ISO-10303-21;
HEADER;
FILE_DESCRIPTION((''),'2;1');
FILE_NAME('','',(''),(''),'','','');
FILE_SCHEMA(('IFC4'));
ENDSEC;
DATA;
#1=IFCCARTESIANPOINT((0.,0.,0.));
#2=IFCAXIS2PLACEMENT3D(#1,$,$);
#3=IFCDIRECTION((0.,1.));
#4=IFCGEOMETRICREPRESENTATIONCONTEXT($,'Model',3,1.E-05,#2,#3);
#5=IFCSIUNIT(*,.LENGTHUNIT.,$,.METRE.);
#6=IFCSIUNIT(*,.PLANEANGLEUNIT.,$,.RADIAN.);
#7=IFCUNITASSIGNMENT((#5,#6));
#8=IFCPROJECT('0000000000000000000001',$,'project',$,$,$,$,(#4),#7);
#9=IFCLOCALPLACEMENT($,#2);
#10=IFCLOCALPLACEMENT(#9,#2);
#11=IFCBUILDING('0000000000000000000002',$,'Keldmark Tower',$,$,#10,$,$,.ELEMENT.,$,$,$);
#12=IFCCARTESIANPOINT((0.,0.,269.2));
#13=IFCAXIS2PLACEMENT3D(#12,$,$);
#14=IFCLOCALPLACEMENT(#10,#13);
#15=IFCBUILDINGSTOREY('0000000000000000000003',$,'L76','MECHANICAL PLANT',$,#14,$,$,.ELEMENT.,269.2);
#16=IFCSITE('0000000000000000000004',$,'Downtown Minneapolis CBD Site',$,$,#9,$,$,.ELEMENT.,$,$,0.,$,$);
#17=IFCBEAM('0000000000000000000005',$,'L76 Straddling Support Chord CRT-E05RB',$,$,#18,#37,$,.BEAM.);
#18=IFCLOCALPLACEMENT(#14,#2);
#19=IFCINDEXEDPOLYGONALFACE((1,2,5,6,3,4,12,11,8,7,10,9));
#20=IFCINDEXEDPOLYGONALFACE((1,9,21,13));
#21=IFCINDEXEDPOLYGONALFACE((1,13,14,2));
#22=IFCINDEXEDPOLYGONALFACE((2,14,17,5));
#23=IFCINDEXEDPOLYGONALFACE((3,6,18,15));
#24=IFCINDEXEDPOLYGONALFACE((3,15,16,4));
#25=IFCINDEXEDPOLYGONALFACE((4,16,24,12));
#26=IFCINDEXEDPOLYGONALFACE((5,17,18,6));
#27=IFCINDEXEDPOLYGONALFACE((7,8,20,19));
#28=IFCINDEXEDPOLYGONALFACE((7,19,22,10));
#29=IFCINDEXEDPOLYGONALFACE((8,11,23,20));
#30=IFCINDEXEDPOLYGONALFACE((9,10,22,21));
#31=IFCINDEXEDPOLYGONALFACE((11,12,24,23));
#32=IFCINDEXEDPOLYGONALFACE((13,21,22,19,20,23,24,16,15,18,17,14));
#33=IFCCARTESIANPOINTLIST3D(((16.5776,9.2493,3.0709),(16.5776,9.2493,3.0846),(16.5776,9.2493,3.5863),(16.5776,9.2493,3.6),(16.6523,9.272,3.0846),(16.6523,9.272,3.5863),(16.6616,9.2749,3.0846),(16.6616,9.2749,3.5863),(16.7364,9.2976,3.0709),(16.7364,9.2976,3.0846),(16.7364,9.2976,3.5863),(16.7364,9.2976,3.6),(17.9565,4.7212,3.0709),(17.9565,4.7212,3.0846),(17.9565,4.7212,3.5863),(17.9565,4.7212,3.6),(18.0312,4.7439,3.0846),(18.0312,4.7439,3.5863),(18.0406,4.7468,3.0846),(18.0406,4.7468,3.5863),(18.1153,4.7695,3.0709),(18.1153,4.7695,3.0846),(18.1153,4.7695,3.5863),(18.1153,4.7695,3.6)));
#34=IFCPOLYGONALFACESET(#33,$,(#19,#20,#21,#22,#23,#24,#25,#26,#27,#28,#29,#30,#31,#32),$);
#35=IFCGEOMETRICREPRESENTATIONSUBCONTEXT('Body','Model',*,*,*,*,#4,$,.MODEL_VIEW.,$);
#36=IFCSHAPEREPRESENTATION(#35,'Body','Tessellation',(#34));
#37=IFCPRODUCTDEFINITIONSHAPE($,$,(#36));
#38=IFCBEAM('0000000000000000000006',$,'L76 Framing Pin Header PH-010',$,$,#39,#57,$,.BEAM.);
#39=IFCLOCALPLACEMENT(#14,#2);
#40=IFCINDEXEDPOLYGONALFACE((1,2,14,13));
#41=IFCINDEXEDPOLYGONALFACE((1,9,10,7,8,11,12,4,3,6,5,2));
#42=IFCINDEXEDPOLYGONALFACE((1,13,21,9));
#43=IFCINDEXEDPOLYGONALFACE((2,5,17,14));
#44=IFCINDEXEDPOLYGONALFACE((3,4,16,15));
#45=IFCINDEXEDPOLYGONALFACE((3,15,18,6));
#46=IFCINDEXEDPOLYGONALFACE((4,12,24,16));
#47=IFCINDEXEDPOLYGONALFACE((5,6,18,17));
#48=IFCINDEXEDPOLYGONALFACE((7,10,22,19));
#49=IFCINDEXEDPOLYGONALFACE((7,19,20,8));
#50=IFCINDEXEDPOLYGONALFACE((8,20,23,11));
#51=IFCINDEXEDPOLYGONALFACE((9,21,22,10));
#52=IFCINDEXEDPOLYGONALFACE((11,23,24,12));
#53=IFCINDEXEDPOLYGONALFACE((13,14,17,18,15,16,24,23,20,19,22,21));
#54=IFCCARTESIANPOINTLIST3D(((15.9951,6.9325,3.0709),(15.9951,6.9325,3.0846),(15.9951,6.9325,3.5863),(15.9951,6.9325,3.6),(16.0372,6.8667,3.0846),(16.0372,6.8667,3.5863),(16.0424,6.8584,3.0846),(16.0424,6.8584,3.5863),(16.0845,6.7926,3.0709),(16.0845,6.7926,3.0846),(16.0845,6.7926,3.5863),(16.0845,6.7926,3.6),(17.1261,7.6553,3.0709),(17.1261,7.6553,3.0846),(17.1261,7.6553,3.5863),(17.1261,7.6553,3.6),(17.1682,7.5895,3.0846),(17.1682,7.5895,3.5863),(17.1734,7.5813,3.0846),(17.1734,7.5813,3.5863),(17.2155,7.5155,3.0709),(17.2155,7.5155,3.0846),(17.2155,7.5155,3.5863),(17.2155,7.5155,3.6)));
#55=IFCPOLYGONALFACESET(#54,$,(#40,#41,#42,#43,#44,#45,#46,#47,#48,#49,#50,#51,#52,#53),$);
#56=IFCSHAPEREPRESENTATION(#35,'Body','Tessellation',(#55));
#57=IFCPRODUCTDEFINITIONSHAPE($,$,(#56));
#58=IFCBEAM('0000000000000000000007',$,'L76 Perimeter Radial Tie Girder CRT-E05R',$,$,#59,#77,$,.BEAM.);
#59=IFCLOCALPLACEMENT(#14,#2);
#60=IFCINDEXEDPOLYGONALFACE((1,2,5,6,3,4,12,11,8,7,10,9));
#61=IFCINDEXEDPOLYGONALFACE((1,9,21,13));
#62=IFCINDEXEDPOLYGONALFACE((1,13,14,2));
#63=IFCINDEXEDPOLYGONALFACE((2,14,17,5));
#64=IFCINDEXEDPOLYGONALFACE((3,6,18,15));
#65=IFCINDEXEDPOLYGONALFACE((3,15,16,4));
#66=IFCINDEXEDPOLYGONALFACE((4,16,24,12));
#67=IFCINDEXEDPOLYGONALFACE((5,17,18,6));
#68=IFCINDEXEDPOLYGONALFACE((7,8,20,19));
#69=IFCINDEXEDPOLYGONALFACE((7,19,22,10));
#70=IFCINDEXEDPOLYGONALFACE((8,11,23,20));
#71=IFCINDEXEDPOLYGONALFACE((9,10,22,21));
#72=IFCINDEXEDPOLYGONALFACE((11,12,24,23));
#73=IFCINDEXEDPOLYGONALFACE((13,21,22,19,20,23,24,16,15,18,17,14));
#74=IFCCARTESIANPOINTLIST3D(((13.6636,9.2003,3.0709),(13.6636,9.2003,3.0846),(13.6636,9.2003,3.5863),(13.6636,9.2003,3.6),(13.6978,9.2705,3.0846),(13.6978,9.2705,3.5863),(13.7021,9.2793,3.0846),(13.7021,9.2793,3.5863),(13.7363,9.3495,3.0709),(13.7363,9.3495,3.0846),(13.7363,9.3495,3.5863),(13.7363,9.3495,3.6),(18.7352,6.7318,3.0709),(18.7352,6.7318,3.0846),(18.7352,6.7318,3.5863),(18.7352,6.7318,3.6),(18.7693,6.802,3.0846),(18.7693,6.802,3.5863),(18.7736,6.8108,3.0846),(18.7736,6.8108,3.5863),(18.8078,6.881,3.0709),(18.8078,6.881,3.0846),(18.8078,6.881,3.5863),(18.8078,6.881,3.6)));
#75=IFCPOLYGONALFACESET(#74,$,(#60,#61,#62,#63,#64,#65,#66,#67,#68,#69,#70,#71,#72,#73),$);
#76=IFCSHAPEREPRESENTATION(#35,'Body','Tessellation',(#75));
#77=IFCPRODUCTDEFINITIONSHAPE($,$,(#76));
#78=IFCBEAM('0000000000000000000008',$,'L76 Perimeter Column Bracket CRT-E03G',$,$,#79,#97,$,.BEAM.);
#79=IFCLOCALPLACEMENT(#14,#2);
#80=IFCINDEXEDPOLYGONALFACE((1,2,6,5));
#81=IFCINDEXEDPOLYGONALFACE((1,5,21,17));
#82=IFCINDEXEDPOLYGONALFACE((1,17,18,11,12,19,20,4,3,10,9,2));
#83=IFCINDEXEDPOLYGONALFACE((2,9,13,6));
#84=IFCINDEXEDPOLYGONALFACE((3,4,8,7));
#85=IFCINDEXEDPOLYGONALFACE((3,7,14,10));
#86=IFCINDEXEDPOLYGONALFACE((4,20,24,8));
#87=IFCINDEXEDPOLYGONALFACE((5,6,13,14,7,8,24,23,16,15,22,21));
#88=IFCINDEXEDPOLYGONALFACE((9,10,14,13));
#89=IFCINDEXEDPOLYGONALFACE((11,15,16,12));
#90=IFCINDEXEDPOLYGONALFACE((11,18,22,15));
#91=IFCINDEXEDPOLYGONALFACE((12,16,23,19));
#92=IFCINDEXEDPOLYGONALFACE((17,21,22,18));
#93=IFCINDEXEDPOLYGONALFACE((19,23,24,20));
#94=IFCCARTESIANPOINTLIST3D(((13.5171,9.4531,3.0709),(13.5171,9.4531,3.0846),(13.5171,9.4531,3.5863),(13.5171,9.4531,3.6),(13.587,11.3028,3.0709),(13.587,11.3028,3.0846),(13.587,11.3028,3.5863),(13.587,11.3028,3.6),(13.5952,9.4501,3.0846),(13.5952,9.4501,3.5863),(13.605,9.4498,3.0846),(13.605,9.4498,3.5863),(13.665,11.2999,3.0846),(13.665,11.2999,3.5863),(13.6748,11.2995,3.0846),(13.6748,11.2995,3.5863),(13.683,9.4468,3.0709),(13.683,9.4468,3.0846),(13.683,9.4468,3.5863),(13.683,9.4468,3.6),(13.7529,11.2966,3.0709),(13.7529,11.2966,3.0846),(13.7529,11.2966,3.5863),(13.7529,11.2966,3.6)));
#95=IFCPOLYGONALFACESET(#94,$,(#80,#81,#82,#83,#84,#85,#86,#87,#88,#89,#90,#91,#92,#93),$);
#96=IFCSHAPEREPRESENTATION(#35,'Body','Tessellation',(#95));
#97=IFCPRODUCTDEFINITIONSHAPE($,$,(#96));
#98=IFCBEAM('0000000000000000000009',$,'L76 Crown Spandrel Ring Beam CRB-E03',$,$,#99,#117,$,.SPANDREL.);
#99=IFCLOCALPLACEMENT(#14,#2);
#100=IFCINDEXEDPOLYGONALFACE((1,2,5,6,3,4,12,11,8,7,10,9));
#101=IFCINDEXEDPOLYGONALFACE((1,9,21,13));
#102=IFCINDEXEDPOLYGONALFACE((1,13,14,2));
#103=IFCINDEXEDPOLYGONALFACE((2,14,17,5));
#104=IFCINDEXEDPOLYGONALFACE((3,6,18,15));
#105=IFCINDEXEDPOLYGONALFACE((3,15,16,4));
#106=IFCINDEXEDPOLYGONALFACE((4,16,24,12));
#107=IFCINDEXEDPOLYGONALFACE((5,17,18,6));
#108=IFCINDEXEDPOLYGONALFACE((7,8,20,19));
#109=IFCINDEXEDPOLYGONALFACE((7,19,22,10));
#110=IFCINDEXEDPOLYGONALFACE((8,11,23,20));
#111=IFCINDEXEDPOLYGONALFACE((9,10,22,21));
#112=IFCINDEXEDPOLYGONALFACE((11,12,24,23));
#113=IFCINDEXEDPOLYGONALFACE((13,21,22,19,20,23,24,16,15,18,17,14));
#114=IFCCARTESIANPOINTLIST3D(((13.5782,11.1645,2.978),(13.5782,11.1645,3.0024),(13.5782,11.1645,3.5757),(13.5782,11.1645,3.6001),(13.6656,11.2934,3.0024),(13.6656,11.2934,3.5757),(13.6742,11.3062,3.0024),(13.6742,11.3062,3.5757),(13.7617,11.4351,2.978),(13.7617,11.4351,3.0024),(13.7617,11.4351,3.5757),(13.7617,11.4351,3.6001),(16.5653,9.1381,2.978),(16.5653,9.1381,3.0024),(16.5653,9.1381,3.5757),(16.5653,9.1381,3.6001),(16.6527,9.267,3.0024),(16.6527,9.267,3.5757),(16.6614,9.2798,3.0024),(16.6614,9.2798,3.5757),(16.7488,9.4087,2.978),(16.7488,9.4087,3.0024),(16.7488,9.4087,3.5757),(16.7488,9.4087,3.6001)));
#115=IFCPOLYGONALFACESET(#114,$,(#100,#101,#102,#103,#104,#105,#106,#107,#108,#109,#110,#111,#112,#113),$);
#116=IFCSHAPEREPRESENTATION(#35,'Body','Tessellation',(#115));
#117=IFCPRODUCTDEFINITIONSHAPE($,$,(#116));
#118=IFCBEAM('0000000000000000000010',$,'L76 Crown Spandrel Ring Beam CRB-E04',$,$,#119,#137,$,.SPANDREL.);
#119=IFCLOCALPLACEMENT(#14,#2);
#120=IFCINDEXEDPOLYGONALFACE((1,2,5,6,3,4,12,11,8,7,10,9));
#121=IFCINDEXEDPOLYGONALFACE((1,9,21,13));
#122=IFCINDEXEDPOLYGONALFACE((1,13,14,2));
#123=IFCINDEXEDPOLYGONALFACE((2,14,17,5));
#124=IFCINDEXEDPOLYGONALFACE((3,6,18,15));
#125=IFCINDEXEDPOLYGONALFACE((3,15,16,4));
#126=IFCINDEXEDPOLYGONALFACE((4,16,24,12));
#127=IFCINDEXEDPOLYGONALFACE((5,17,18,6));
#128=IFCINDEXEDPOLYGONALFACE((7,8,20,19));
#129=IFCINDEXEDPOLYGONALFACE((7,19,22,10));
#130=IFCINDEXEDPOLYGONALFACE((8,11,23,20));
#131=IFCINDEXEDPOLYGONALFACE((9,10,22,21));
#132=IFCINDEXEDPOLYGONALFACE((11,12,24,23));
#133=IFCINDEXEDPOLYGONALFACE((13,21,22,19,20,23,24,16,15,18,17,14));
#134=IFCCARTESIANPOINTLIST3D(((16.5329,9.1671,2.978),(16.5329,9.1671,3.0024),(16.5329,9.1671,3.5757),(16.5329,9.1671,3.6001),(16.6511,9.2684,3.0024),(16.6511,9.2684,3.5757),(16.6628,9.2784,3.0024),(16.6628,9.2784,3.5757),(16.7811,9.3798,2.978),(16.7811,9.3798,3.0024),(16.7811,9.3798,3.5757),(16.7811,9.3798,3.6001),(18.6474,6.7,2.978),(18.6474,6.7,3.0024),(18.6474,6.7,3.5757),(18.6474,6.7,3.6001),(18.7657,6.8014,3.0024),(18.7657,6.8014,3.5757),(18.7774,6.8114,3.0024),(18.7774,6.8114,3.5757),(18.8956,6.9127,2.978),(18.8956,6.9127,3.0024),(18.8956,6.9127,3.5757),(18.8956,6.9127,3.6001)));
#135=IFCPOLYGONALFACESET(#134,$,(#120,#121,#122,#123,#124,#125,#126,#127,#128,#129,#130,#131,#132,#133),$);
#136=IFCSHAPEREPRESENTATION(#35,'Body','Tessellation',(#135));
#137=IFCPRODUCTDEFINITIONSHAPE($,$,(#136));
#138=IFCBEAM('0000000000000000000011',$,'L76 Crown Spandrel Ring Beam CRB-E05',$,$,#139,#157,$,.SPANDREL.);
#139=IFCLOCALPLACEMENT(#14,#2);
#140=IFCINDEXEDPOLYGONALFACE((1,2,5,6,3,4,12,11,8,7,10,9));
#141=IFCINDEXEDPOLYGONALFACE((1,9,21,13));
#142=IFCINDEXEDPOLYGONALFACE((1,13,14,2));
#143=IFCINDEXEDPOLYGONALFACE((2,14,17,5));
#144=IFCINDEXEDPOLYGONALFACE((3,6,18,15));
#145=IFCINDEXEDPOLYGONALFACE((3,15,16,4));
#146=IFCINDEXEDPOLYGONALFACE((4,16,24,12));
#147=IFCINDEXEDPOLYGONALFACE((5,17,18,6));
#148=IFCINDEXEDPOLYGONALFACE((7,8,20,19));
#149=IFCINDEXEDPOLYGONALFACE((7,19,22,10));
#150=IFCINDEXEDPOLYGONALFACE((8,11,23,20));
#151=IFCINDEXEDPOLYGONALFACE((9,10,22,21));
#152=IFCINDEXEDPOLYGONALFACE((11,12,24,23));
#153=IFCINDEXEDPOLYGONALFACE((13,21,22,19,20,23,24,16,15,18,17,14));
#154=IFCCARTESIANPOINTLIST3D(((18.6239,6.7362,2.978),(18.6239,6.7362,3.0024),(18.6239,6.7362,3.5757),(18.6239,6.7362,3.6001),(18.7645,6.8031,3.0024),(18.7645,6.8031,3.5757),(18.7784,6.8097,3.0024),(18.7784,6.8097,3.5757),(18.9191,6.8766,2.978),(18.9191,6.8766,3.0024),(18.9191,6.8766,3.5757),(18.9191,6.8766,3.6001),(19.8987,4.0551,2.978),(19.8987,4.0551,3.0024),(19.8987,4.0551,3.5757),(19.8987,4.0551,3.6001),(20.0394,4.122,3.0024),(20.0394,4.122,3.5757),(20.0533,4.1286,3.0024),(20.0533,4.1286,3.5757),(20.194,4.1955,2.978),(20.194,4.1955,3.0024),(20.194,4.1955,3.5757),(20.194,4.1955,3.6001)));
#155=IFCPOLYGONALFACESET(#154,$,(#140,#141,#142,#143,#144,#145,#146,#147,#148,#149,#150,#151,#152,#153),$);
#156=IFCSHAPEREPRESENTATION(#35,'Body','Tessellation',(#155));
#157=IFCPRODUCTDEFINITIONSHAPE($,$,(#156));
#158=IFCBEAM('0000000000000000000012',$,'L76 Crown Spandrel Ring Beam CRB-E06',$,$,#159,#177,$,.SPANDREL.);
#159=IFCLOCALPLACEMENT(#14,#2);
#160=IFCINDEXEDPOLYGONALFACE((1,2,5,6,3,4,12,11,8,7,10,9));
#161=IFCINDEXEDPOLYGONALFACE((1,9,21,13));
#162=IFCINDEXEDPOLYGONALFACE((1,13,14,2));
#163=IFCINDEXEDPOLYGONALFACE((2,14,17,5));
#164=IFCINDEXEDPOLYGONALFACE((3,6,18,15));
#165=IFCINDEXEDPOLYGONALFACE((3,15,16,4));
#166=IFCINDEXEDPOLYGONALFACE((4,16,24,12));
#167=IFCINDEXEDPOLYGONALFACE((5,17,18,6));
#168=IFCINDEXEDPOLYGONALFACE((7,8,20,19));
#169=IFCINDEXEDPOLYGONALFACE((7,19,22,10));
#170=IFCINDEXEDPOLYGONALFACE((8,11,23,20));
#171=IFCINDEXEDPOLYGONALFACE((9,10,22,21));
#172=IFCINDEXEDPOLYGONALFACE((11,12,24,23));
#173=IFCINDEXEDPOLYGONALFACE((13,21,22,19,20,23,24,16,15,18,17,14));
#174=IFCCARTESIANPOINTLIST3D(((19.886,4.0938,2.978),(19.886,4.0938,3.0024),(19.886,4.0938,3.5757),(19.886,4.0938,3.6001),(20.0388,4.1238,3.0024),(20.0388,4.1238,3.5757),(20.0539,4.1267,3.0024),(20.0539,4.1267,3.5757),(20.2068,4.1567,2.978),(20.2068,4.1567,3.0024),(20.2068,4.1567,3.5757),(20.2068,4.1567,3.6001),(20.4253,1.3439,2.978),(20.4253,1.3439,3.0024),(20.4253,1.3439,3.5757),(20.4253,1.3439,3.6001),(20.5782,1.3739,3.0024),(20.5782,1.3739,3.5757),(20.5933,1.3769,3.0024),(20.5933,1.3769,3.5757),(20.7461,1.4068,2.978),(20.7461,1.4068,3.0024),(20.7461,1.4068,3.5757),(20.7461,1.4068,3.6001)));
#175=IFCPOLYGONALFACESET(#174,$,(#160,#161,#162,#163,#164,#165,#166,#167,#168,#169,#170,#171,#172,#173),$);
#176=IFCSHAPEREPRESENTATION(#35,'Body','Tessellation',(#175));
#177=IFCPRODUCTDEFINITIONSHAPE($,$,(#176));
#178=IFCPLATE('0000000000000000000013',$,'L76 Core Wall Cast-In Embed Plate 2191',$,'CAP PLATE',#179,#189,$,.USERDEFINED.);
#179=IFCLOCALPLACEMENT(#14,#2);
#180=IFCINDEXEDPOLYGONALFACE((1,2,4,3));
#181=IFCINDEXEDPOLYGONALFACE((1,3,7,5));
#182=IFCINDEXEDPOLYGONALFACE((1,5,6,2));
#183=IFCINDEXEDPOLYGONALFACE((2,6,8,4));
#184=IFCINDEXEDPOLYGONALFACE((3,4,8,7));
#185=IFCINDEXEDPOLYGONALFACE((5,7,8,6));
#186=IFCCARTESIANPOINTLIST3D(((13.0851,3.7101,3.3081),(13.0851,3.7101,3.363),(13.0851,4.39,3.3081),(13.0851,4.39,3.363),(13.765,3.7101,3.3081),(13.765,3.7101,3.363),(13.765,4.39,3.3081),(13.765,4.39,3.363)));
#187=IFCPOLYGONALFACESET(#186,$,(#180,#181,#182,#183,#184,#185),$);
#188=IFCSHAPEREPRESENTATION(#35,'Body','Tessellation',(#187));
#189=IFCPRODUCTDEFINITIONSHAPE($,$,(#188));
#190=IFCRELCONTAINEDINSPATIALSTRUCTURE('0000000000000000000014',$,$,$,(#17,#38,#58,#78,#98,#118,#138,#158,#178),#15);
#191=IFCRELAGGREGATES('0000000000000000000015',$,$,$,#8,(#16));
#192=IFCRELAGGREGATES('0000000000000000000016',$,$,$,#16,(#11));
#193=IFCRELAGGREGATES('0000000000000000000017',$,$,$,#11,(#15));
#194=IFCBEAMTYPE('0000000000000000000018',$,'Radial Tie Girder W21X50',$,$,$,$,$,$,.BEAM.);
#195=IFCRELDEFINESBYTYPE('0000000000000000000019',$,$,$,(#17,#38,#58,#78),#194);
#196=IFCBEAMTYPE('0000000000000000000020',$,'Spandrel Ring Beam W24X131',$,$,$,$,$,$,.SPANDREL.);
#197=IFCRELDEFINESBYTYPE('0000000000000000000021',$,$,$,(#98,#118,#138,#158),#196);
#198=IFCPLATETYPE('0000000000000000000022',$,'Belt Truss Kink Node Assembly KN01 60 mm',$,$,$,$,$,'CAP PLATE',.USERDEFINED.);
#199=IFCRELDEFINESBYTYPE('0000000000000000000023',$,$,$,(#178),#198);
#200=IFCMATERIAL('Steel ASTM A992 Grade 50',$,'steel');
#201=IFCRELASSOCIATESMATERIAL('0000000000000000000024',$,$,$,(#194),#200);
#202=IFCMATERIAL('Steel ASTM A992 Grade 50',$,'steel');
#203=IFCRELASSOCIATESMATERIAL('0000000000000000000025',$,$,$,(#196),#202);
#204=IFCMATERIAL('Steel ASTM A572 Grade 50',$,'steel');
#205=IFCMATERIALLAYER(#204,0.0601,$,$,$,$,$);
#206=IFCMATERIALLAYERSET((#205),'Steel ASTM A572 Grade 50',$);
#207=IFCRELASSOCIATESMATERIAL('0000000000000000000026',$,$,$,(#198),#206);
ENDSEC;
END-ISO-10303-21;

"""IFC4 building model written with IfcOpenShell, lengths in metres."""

from ifc_helpers import new_model, si_unit, direction, frame, origin, origin_2d, place, context, subcontext, project, spatial, rectangle, i_section, extrude, material, layer, layer_set, material_profile, profile_set, type_object, element, save


model = new_model("IFC4")

# Units and contexts
model_context = context("Model", 3, precision=1e-05, world=origin(), true_north=direction((0.0, 1.0)))
body_context = subcontext(model_context, "Body", "Model", "MODEL_VIEW")
ifc_project = project(units=[si_unit("LENGTHUNIT", "METRE"), si_unit("PLANEANGLEUNIT", "RADIAN")], contexts=[model_context])

# Site, building, storey
site_placement = place(None, origin())
site = spatial("IfcSite", under=ifc_project, at=site_placement, Name="Downtown Minneapolis CBD Site", CompositionType="ELEMENT", RefElevation=0.0)
building_placement = place(site_placement, origin())
building = spatial("IfcBuilding", under=site, at=building_placement, Name="Keldmark Tower", CompositionType="ELEMENT")
storey_placement = place(building_placement, frame((0.0, 0.0, 269.2)))
storey = spatial("IfcBuildingStorey", under=building, at=storey_placement, Name="L76", Description="MECHANICAL PLANT", CompositionType="ELEMENT", Elevation=269.2)

# Beams
ifc_material_1 = material(Name="Steel ASTM A992 Grade 50", Category="steel")
ifc_material_profile_1 = material_profile(ifc_material_1, i_section(OverallWidth=0.166, OverallDepth=0.5291, WebThickness=0.0098, FlangeThickness=0.0137, at=origin_2d()), Name="W21X50")
ifc_profile_set_1 = profile_set([ifc_material_profile_1], Name="Steel ASTM A992 Grade 50")
beam_type_1 = type_object("IfcBeamType", Name="Radial Tie Girder W21X50", PredefinedType="BEAM", material=ifc_profile_set_1)
beam_1_placement = place(storey_placement, frame((18.0359, 4.7454, 3.3354), z_axis=(-0.291316, 0.956627, 0.0), x_axis=(-0.956627, -0.291316, 0.0)))
element("IfcBeam", 1, at=beam_1_placement, inside=storey, type_object=beam_type_1, Name="L76 Straddling Support Chord CRT-E05RB", PredefinedType="BEAM", context=body_context, shape_type="SweptSolid", body=[
    extrude(i_section(OverallWidth=0.166, OverallDepth=0.5291, WebThickness=0.0098, FlangeThickness=0.0137, at=origin_2d()), origin(), (0.0, 0.0, 1.0), 4.7334),
])
beam_2_placement = place(storey_placement, frame((16.0398, 6.8625, 3.3354), z_axis=(0.842611, 0.538522, 0.0), x_axis=(-0.538522, 0.842611, 0.0)))
element("IfcBeam", 2, at=beam_2_placement, inside=storey, type_object=beam_type_1, Name="L76 Framing Pin Header PH-010", PredefinedType="BEAM", context=body_context, shape_type="SweptSolid", body=[
    extrude(i_section(OverallWidth=0.166, OverallDepth=0.5291, WebThickness=0.0098, FlangeThickness=0.0137, at=origin_2d()), origin(), (0.0, 0.0, 1.0), 1.3423),
])
beam_3_placement = place(storey_placement, frame((13.7, 9.2749, 3.3354), z_axis=(0.899146, -0.437648, 0.0), x_axis=(0.437648, 0.899146, 0.0)))
element("IfcBeam", 3, at=beam_3_placement, inside=storey, type_object=beam_type_1, Name="L76 Perimeter Radial Tie Girder CRT-E05R", PredefinedType="BEAM", context=body_context, shape_type="SweptSolid", body=[
    extrude(i_section(OverallWidth=0.166, OverallDepth=0.5291, WebThickness=0.0098, FlangeThickness=0.0137, at=origin_2d()), origin(), (0.0, 0.0, 1.0), 5.6404),
])
beam_4_placement = place(storey_placement, frame((13.6001, 9.45, 3.3354), z_axis=(0.037719, 0.999288, 0.0), x_axis=(-0.999288, 0.037719, 0.0)))
element("IfcBeam", 4, at=beam_4_placement, inside=storey, type_object=beam_type_1, Name="L76 Perimeter Column Bracket CRT-E03G", PredefinedType="BEAM", context=body_context, shape_type="SweptSolid", body=[
    extrude(i_section(OverallWidth=0.166, OverallDepth=0.5291, WebThickness=0.0098, FlangeThickness=0.0137, at=origin_2d()), origin(), (0.0, 0.0, 1.0), 1.8511),
])
ifc_material_2 = material(Name="Steel ASTM A992 Grade 50", Category="steel")
ifc_material_profile_2 = material_profile(ifc_material_2, i_section(OverallWidth=0.3269, OverallDepth=0.6221, WebThickness=0.0154, FlangeThickness=0.0244, at=origin_2d()), Name="W24X131")
ifc_profile_set_2 = profile_set([ifc_material_profile_2], Name="Steel ASTM A992 Grade 50")
beam_type_2 = type_object("IfcBeamType", Name="Spandrel Ring Beam W24X131", PredefinedType="SPANDREL", material=ifc_profile_set_2)
beam_5_placement = place(storey_placement, frame((13.6699, 11.2998, 3.2891), z_axis=(0.827549, -0.561394, 0.0), x_axis=(0.561394, 0.827549, 0.0)))
element("IfcBeam", 5, at=beam_5_placement, inside=storey, type_object=beam_type_2, Name="L76 Crown Spandrel Ring Beam CRB-E03", PredefinedType="SPANDREL", context=body_context, shape_type="SweptSolid", body=[
    extrude(i_section(OverallWidth=0.3269, OverallDepth=0.6221, WebThickness=0.0154, FlangeThickness=0.0244, at=origin_2d()), origin(), (0.0, 0.0, 1.0), 3.6096),
])
beam_6_placement = place(storey_placement, frame((16.657, 9.2734, 3.2891), z_axis=(0.650773, -0.759273, 0.0), x_axis=(0.759273, 0.650773, 0.0)))
element("IfcBeam", 6, at=beam_6_placement, inside=storey, type_object=beam_type_2, Name="L76 Crown Spandrel Ring Beam CRB-E04", PredefinedType="SPANDREL", context=body_context, shape_type="SweptSolid", body=[
    extrude(i_section(OverallWidth=0.3269, OverallDepth=0.6221, WebThickness=0.0154, FlangeThickness=0.0244, at=origin_2d()), origin(), (0.0, 0.0, 1.0), 3.2493),
])
beam_7_placement = place(storey_placement, frame((18.7715, 6.8064, 3.2891), z_axis=(0.429429, -0.903101, 0.0), x_axis=(0.903101, 0.429429, 0.0)))
element("IfcBeam", 7, at=beam_7_placement, inside=storey, type_object=beam_type_2, Name="L76 Crown Spandrel Ring Beam CRB-E05", PredefinedType="SPANDREL", context=body_context, shape_type="SweptSolid", body=[
    extrude(i_section(OverallWidth=0.3269, OverallDepth=0.6221, WebThickness=0.0154, FlangeThickness=0.0244, at=origin_2d()), origin(), (0.0, 0.0, 1.0), 2.9688),
])
beam_8_placement = place(storey_placement, frame((20.0464, 4.1252, 3.2891), z_axis=(0.192462, -0.981304, 0.0), x_axis=(0.981304, 0.192462, 0.0)))
element("IfcBeam", 8, at=beam_8_placement, inside=storey, type_object=beam_type_2, Name="L76 Crown Spandrel Ring Beam CRB-E06", PredefinedType="SPANDREL", context=body_context, shape_type="SweptSolid", body=[
    extrude(i_section(OverallWidth=0.3269, OverallDepth=0.6221, WebThickness=0.0154, FlangeThickness=0.0244, at=origin_2d()), origin(), (0.0, 0.0, 1.0), 2.8022),
])

# Plate
ifc_material_3 = material(Name="Steel ASTM A572 Grade 50", Category="steel")
ifc_layer_1 = layer(ifc_material_3, 0.0601)
ifc_layer_set_1 = layer_set([ifc_layer_1], Name="Steel ASTM A572 Grade 50")
plate_type_1 = type_object("IfcPlateType", Name="Belt Truss Kink Node Assembly KN01 60 mm", ElementType="CAP PLATE", PredefinedType="USERDEFINED", material=ifc_layer_set_1)
for number, where, z_axis, x_axis, name in (
    (9, (13.425, 4.05, 3.3081), (0.0, 0.0, 1.0), (1.0, 0.0, 0.0), "L76 Core Wall Cast-In Embed Plate 2191"),
):
    element("IfcPlate", number, at=place(storey_placement, frame(where, z_axis=z_axis, x_axis=x_axis)), inside=storey, type_object=plate_type_1, Name=name, ObjectType="CAP PLATE", PredefinedType="USERDEFINED", context=body_context, shape_type="SweptSolid", body=[
        extrude(rectangle(XDim=0.6799, YDim=0.6799, at=origin_2d()), origin(), (0.0, 0.0, 1.0), 0.0549),
    ])

save(model, "model.ifc")
